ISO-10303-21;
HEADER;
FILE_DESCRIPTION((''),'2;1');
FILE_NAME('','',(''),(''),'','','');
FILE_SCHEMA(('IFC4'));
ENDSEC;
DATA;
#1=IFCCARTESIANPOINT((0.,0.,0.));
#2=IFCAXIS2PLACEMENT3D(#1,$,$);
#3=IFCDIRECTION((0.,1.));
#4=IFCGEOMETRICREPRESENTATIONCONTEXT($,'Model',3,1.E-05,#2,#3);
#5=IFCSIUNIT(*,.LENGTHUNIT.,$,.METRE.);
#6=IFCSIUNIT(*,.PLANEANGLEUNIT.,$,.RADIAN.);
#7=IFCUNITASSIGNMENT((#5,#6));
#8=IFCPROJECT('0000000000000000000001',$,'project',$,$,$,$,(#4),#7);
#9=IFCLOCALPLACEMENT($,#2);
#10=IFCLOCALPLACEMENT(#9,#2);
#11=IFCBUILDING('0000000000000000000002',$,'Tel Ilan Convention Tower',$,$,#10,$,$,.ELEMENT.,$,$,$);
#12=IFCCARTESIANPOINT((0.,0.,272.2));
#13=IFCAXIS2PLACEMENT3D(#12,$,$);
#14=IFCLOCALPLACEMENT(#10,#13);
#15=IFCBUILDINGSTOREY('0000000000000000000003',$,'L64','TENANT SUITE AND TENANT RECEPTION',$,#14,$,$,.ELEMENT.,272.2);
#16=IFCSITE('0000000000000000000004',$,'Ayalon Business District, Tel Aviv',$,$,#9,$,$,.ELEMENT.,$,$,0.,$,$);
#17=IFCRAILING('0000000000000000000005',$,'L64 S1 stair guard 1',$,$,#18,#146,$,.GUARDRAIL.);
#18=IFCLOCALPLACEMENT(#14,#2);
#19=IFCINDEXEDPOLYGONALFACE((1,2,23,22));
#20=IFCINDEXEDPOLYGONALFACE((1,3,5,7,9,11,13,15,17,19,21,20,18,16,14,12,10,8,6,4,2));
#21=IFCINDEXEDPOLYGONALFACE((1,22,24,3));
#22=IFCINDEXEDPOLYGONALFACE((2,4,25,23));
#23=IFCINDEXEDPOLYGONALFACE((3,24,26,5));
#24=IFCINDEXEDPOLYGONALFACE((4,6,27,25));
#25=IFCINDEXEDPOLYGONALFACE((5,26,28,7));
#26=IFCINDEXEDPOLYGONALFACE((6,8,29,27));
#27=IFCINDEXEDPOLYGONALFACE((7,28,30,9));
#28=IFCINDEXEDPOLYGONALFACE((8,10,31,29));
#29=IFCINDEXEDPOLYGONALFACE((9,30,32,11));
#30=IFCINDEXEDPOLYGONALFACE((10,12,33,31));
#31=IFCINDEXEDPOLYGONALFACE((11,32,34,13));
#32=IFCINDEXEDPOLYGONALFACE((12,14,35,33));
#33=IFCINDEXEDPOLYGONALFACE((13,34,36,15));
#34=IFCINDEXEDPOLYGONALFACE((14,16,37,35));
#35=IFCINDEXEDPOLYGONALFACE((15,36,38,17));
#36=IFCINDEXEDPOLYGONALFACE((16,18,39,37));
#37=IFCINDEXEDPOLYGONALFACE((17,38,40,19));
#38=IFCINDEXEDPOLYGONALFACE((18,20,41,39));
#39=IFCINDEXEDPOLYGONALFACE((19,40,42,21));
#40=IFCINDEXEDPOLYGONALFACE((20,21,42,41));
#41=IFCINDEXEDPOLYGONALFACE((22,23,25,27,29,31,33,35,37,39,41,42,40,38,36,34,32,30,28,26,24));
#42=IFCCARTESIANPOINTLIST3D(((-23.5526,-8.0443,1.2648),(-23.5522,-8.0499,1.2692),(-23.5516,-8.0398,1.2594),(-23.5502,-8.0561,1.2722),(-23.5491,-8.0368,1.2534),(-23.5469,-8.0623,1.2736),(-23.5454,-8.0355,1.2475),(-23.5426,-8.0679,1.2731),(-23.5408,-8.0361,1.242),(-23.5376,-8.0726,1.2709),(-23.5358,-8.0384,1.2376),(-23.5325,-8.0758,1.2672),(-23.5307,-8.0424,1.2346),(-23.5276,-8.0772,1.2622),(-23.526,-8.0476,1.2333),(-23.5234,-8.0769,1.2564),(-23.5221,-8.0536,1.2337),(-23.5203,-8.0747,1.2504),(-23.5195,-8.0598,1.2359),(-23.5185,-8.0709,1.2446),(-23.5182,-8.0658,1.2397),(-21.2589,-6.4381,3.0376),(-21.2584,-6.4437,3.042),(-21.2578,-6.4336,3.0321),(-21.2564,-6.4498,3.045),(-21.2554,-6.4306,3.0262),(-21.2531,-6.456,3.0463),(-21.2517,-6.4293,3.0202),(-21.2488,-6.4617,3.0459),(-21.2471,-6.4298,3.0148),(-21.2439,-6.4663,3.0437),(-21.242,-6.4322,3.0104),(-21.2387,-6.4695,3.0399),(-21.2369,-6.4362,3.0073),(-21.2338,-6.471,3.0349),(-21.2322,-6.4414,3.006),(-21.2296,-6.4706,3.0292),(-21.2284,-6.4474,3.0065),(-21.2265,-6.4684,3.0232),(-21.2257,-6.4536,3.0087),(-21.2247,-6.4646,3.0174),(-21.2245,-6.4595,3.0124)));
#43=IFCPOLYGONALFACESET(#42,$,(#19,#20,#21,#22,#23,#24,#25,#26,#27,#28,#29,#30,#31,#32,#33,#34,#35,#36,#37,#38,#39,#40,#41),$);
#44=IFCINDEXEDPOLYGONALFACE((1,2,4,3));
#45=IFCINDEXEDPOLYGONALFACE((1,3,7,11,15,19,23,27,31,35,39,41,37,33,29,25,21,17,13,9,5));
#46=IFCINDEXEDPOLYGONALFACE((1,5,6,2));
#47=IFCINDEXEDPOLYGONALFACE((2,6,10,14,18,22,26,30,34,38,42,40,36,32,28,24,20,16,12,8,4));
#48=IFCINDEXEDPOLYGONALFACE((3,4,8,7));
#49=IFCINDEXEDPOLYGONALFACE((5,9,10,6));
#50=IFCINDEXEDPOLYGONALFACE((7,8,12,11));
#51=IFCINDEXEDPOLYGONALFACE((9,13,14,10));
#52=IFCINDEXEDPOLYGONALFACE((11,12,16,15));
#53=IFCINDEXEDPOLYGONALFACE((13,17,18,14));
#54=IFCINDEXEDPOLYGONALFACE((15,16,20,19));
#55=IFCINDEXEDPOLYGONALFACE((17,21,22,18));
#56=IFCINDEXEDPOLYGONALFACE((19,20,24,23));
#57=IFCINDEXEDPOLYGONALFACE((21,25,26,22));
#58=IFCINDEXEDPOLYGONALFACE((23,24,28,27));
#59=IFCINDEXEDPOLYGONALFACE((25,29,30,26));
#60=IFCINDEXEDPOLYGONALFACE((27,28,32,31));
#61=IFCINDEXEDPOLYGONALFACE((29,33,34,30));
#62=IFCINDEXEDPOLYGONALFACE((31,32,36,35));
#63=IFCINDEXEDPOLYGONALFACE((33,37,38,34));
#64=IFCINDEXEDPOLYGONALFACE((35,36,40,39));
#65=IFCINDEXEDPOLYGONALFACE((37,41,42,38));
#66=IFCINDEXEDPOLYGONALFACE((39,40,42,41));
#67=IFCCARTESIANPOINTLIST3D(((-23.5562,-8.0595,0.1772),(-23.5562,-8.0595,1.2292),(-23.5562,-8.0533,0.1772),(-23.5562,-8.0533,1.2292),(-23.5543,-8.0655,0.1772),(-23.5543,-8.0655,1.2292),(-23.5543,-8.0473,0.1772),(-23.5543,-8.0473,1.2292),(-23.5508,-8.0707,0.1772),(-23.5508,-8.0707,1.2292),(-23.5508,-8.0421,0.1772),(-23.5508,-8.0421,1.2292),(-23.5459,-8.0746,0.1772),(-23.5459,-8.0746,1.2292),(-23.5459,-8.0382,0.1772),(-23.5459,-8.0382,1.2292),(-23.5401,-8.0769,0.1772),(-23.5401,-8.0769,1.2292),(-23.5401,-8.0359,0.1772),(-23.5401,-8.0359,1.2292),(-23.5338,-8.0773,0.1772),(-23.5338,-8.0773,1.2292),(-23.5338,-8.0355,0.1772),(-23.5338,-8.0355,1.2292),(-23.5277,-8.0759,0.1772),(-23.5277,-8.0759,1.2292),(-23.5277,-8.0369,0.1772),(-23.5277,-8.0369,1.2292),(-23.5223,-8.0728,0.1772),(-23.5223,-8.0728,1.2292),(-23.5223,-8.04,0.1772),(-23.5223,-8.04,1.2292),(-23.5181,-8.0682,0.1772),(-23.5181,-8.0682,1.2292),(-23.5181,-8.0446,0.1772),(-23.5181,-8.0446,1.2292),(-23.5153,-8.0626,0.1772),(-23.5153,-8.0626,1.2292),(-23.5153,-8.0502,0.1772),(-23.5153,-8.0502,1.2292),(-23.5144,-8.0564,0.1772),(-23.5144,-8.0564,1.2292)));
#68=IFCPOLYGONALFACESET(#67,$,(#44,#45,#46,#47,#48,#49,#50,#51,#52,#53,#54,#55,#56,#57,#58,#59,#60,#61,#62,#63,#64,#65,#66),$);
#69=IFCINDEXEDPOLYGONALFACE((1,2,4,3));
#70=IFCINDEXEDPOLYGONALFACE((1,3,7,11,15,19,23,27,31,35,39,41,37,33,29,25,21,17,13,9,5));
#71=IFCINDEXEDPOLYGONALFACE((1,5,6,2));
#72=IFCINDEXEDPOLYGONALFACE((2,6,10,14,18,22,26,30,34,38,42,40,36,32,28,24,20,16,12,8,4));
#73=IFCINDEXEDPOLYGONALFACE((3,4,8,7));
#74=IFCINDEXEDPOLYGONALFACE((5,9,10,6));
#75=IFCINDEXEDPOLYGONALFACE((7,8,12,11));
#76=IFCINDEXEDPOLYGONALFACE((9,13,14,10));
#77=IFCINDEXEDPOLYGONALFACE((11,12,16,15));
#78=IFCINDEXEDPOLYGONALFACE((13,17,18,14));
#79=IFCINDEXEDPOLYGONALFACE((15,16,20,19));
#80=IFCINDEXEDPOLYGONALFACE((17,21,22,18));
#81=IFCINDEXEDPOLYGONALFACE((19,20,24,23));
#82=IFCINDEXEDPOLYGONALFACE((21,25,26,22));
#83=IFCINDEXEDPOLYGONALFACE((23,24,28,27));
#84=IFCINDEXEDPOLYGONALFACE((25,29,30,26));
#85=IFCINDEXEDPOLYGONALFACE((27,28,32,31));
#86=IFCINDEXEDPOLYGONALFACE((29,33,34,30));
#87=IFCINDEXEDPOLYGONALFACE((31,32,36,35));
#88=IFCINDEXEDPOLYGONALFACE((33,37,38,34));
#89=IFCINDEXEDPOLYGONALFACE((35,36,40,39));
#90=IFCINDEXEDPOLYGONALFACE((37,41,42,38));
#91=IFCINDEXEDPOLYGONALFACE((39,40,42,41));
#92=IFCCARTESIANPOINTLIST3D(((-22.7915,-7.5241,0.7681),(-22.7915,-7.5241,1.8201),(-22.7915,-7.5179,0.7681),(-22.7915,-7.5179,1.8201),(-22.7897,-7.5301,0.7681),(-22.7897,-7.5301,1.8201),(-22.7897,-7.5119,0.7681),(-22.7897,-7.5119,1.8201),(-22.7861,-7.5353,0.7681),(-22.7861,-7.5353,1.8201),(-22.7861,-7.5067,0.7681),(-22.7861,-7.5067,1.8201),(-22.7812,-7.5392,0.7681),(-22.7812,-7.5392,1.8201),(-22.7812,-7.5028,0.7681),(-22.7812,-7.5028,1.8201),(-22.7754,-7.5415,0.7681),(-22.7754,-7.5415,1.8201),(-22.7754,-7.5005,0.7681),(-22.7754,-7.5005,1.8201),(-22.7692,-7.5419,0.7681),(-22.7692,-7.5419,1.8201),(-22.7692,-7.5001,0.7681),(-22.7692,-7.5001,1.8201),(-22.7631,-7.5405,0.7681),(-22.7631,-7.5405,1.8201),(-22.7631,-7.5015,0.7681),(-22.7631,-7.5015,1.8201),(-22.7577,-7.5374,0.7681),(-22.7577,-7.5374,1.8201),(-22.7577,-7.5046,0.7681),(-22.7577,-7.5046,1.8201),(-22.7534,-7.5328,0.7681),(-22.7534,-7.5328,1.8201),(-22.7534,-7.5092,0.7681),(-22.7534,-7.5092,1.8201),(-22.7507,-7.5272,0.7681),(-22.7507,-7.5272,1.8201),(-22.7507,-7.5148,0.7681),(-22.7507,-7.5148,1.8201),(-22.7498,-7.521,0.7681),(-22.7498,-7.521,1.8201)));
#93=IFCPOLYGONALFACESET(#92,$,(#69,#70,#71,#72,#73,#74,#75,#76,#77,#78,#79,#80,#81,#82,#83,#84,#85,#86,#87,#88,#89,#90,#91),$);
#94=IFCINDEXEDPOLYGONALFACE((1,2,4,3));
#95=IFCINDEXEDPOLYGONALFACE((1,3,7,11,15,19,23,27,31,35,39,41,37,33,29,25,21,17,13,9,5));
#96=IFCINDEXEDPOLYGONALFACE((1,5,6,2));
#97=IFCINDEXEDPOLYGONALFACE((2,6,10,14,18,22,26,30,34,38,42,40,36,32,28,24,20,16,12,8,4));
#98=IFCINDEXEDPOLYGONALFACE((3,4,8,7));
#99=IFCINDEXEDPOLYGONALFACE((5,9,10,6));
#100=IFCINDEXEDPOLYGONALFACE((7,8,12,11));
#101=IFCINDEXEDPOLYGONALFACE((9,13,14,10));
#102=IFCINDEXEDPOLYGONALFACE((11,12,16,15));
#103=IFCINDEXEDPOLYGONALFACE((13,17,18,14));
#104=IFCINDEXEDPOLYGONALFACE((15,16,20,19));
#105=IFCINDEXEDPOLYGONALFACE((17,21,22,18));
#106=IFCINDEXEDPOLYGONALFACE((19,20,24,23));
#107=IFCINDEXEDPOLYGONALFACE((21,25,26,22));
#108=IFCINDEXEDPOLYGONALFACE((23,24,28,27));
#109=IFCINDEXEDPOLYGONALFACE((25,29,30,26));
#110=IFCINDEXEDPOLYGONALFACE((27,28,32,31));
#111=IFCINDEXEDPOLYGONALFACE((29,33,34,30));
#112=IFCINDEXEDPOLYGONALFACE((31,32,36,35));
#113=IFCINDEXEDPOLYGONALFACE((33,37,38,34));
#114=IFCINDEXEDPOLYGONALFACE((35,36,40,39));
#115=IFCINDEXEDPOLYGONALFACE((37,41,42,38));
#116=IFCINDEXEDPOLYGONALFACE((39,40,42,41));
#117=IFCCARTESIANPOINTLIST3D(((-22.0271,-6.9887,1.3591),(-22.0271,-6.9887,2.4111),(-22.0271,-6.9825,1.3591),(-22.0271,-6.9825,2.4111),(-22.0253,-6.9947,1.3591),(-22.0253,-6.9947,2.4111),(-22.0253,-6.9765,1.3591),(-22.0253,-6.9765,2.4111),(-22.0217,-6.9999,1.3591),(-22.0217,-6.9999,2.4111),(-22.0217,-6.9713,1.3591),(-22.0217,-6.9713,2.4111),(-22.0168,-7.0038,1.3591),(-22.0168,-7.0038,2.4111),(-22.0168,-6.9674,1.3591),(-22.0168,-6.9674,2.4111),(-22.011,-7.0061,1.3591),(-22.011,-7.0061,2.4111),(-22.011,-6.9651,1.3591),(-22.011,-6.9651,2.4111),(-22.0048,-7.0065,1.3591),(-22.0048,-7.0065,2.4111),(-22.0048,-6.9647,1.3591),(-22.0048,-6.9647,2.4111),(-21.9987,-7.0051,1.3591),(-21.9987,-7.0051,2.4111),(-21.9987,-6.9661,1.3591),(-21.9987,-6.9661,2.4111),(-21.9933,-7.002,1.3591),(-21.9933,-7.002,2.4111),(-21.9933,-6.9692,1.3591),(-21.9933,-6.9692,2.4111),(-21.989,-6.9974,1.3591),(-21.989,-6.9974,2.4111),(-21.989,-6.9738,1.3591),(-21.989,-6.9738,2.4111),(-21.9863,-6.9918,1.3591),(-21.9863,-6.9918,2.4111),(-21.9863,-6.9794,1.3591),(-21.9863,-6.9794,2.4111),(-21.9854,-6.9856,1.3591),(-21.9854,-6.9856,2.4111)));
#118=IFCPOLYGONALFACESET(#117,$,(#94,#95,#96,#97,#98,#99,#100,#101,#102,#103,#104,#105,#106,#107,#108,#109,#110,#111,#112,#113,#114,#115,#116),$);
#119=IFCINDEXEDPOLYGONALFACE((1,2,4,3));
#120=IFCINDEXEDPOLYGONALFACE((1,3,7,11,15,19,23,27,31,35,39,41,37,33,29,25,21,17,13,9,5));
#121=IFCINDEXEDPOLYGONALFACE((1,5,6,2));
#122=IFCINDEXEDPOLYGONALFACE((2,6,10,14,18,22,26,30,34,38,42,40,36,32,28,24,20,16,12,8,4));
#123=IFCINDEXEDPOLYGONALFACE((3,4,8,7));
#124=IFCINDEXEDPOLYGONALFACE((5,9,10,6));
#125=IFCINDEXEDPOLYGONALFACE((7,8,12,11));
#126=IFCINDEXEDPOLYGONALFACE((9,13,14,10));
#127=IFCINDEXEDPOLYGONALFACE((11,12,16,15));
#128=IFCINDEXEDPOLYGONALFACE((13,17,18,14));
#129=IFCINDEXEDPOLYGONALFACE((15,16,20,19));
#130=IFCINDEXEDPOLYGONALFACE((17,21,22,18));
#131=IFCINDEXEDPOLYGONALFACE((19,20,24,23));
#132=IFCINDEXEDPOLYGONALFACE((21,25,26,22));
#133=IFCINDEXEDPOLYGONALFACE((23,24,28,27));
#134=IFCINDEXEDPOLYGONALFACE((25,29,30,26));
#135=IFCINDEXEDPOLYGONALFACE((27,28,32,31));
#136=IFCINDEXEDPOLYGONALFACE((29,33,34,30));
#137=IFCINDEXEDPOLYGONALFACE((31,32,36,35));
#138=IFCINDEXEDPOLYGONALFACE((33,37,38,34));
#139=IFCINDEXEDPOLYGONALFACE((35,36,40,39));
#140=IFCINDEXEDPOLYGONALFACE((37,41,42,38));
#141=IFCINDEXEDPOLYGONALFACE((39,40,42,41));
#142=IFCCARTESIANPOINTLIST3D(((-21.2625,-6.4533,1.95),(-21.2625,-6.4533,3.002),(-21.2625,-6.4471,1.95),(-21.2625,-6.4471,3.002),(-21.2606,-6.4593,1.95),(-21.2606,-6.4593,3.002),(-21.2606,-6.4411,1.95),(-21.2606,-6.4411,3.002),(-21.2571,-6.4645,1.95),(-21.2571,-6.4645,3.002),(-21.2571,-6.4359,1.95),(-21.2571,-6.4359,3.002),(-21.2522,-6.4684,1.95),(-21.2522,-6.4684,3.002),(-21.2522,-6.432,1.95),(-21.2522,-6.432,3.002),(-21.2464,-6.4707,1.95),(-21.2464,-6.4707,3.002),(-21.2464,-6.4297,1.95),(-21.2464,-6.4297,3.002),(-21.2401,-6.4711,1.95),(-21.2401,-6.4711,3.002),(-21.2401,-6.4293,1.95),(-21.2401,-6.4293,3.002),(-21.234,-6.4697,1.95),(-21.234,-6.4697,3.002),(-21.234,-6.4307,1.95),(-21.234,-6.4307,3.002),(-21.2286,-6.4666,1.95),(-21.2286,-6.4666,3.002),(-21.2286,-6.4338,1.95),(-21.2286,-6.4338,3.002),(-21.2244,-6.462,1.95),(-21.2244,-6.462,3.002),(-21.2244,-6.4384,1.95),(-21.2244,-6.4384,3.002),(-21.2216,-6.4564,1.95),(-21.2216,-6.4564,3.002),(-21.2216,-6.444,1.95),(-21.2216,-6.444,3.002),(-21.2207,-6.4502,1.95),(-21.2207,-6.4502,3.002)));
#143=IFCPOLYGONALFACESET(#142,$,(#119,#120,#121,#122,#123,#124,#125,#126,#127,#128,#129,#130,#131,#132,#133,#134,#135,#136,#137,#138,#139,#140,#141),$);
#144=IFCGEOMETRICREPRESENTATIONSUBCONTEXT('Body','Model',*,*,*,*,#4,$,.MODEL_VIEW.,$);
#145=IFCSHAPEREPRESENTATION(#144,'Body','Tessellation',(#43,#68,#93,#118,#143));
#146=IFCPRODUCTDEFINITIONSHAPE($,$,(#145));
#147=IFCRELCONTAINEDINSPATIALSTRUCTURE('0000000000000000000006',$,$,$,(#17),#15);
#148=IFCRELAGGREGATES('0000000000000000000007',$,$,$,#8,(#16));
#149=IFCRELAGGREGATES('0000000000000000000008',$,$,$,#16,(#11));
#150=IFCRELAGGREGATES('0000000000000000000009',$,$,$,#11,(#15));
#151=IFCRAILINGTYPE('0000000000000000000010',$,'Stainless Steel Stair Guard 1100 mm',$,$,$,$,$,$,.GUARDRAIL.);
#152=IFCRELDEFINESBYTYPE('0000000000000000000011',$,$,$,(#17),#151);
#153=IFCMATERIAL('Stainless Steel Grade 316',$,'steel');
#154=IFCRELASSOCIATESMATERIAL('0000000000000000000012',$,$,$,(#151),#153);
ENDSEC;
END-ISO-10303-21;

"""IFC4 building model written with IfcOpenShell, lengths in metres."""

from ifc_helpers import new_model, si_unit, direction, frame, origin, origin_2d, place, context, subcontext, project, spatial, circle, extrude, material, type_object, element, save


model = new_model("IFC4")

# Units and contexts
model_context = context("Model", 3, precision=1e-05, world=origin(), true_north=direction((0.0, 1.0)))
body_context = subcontext(model_context, "Body", "Model", "MODEL_VIEW")
ifc_project = project(units=[si_unit("LENGTHUNIT", "METRE"), si_unit("PLANEANGLEUNIT", "RADIAN")], contexts=[model_context])

# Site, building, storey
site_placement = place(None, origin())
site = spatial("IfcSite", under=ifc_project, at=site_placement, Name="Ayalon Business District, Tel Aviv", CompositionType="ELEMENT", RefElevation=0.0)
building_placement = place(site_placement, origin())
building = spatial("IfcBuilding", under=site, at=building_placement, Name="Tel Ilan Convention Tower", CompositionType="ELEMENT")
storey_placement = place(building_placement, frame((0.0, 0.0, 272.2)))
storey = spatial("IfcBuildingStorey", under=building, at=storey_placement, Name="L64", Description="TENANT SUITE AND TENANT RECEPTION", CompositionType="ELEMENT", Elevation=272.2)

# Railing
ifc_material_1 = material(Name="Stainless Steel Grade 316", Category="steel")
railing_type_1 = type_object("IfcRailingType", Name="Stainless Steel Stair Guard 1100 mm", PredefinedType="GUARDRAIL", material=ifc_material_1)
railing_1_placement = place(storey_placement, frame((-23.5354, -8.0564, 0.1772)))
element("IfcRailing", 1, at=railing_1_placement, inside=storey, type_object=railing_type_1, Name="L64 S1 stair guard 1", PredefinedType="GUARDRAIL", context=body_context, shape_type="SweptSolid", body=[
    extrude(circle(Radius=0.0239, at=origin_2d()), frame((0.0, 0.0, 1.0762), z_axis=(0.692098, 0.484653, 0.534894), x_axis=(-0.573609, 0.81913, 0.0)), (0.0, 0.0, 1.0), 3.3142),
    extrude(circle(Radius=0.021, at=origin_2d()), origin(), (0.0, 0.0, 1.0), 1.052),
    extrude(circle(Radius=0.021, at=origin_2d()), frame((0.7646, 0.5354, 0.5908)), (0.0, 0.0, 1.0), 1.052),
    extrude(circle(Radius=0.021, at=origin_2d()), frame((1.5291, 1.0708, 1.1819)), (0.0, 0.0, 1.0), 1.052),
    extrude(circle(Radius=0.021, at=origin_2d()), frame((2.2937, 1.6062, 1.7727)), (0.0, 0.0, 1.0), 1.052),
])

save(model, "model.ifc")
